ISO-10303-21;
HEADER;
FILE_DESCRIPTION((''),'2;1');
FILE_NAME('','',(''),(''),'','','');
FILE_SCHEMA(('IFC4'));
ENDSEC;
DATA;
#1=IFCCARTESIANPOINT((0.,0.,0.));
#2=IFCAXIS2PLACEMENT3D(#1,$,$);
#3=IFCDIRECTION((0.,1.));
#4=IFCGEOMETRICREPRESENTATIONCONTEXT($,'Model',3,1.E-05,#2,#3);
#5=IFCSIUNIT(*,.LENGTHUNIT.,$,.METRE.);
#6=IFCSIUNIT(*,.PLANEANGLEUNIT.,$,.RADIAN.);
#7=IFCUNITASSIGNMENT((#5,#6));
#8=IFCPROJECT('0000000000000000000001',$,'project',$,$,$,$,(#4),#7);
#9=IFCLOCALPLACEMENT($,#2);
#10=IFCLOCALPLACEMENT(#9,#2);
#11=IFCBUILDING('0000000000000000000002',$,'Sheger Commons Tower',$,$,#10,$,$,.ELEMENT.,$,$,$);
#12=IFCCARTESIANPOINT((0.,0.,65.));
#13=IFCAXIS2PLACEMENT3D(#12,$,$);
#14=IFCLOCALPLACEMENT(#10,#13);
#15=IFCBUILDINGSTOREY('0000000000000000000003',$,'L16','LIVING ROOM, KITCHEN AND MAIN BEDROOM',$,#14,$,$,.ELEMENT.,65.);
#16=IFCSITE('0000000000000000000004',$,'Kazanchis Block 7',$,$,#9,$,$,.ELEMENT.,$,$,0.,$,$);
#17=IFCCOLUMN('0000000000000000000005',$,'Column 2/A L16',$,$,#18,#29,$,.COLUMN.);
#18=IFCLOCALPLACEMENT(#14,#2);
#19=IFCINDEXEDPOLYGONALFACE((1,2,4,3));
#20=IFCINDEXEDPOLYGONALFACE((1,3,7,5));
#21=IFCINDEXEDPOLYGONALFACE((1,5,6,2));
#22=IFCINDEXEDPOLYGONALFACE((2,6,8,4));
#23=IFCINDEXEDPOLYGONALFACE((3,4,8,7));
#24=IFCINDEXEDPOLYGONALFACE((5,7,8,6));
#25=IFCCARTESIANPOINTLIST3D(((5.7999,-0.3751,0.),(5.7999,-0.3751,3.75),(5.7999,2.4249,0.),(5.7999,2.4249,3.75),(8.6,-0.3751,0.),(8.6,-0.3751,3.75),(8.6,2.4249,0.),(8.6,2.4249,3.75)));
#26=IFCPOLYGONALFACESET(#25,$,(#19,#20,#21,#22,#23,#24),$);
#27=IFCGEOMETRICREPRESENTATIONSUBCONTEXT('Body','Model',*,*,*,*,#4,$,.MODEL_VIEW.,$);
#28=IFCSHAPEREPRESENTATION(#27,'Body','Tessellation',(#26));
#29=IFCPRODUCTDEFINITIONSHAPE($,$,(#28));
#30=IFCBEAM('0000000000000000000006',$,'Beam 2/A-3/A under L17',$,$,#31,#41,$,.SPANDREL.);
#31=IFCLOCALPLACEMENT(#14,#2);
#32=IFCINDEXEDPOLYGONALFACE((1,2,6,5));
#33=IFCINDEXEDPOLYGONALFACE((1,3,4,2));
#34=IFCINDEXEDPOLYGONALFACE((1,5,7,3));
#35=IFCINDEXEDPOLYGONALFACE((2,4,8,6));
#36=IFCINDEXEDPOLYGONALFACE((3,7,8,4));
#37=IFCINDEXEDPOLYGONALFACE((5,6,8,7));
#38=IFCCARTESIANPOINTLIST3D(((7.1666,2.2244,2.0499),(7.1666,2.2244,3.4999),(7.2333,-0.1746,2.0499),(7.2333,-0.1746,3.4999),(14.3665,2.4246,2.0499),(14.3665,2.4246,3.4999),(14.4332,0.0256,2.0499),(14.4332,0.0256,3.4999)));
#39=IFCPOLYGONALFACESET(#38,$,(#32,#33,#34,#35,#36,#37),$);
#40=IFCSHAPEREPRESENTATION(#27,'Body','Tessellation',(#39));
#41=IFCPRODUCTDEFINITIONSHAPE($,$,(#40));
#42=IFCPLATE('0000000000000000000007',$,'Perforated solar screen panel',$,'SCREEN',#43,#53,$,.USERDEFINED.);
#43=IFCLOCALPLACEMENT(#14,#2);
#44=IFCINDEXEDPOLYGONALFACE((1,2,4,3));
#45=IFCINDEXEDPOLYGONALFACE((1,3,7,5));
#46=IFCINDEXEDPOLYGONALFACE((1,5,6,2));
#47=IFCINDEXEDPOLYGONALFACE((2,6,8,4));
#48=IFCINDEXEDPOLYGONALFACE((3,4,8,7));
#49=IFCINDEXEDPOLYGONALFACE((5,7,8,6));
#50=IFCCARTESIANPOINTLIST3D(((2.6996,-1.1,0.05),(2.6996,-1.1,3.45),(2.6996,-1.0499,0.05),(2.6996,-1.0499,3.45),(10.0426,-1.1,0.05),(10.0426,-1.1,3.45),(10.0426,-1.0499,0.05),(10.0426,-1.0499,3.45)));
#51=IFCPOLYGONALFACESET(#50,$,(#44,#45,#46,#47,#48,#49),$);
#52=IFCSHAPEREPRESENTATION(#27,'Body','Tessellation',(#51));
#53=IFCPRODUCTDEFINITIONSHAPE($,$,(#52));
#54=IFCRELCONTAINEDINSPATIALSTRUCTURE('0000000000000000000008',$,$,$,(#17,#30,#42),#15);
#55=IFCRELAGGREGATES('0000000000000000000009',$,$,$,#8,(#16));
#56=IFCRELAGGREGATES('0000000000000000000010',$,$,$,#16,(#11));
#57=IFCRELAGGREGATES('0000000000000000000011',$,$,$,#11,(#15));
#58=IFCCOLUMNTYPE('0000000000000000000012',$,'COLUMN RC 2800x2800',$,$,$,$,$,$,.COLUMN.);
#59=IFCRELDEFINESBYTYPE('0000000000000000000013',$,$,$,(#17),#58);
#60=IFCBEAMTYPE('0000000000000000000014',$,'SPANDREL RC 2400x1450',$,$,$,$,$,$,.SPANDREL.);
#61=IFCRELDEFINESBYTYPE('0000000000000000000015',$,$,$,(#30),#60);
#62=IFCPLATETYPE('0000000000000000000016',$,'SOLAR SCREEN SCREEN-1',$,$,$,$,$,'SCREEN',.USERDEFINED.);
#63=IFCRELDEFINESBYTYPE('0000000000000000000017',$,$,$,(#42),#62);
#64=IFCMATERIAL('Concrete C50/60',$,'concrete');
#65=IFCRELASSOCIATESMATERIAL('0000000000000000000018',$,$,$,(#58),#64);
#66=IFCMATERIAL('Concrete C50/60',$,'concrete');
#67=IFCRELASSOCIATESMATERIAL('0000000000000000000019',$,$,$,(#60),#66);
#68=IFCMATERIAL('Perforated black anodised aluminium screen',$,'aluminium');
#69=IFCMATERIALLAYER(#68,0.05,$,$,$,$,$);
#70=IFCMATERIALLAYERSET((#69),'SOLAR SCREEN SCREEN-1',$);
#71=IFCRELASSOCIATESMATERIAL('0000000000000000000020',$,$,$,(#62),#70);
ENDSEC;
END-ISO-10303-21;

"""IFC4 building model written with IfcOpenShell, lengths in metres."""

from ifc_helpers import new_model, si_unit, direction, frame, origin, origin_2d, place, context, subcontext, project, spatial, rectangle, extrude, material, layer, layer_set, material_profile, profile_set, type_object, element, save


model = new_model("IFC4")

# Units and contexts
model_context = context("Model", 3, precision=1e-05, world=origin(), true_north=direction((0.0, 1.0)))
body_context = subcontext(model_context, "Body", "Model", "MODEL_VIEW")
ifc_project = project(units=[si_unit("LENGTHUNIT", "METRE"), si_unit("PLANEANGLEUNIT", "RADIAN")], contexts=[model_context])

# Site, building, storey
site_placement = place(None, origin())
site = spatial("IfcSite", under=ifc_project, at=site_placement, Name="Kazanchis Block 7", CompositionType="ELEMENT", RefElevation=0.0)
building_placement = place(site_placement, origin())
building = spatial("IfcBuilding", under=site, at=building_placement, Name="Sheger Commons Tower", CompositionType="ELEMENT")
storey_placement = place(building_placement, frame((0.0, 0.0, 65.0)))
storey = spatial("IfcBuildingStorey", under=building, at=storey_placement, Name="L16", Description="LIVING ROOM, KITCHEN AND MAIN BEDROOM", CompositionType="ELEMENT", Elevation=65.0)

# Column
ifc_material_1 = material(Name="Concrete C50/60", Category="concrete")
ifc_material_profile_1 = material_profile(ifc_material_1, rectangle(XDim=2.8, YDim=2.8, at=origin_2d()), Name="RC 2800x2800")
ifc_profile_set_1 = profile_set([ifc_material_profile_1], Name="Concrete C50/60")
column_type = type_object("IfcColumnType", Name="COLUMN RC 2800x2800", PredefinedType="COLUMN", material=ifc_profile_set_1)
column_placement = place(storey_placement, frame((7.2, 1.0249, 0.0), z_axis=(0.0, 0.0, 1.0), x_axis=(1.0, 0.0, 0.0)))
element("IfcColumn", 1, at=column_placement, inside=storey, type_object=column_type, Name="Column 2/A L16", PredefinedType="COLUMN", context=body_context, shape_type="SweptSolid", body=[
    extrude(rectangle(XDim=2.8, YDim=2.8, at=origin_2d()), origin(), (0.0, 0.0, 1.0), 3.75),
])

# Beam
ifc_material_2 = material(Name="Concrete C50/60", Category="concrete")
ifc_material_profile_2 = material_profile(ifc_material_2, rectangle(XDim=2.3999, YDim=1.45, at=origin_2d()), Name="RC 2400x1450")
ifc_profile_set_2 = profile_set([ifc_material_profile_2], Name="Concrete C50/60")
beam_type = type_object("IfcBeamType", Name="SPANDREL RC 2400x1450", PredefinedType="SPANDREL", material=ifc_profile_set_2)
beam_placement = place(storey_placement, frame((7.2, 1.0249, 2.7749), z_axis=(0.999614, 0.027794, 0.0), x_axis=(-0.027794, 0.999614, 0.0)))
element("IfcBeam", 2, at=beam_placement, inside=storey, type_object=beam_type, Name="Beam 2/A-3/A under L17", PredefinedType="SPANDREL", context=body_context, shape_type="SweptSolid", body=[
    extrude(rectangle(XDim=2.3999, YDim=1.45, at=origin_2d()), origin(), (0.0, 0.0, 1.0), 7.2026),
])

# Plate
ifc_material_3 = material(Name="Perforated black anodised aluminium screen", Category="aluminium")
ifc_layer_1 = layer(ifc_material_3, 0.05)
ifc_layer_set_1 = layer_set([ifc_layer_1], Name="SOLAR SCREEN SCREEN-1")
plate_type = type_object("IfcPlateType", Name="SOLAR SCREEN SCREEN-1", ElementType="SCREEN", PredefinedType="USERDEFINED", material=ifc_layer_set_1)
plate_placement = place(storey_placement, frame((6.3711, -1.075, 0.05), z_axis=(0.0, 0.0, 1.0), x_axis=(1.0, 0.0, 0.0)))
element("IfcPlate", 3, at=plate_placement, inside=storey, type_object=plate_type, Name="Perforated solar screen panel", ObjectType="SCREEN", PredefinedType="USERDEFINED", context=body_context, shape_type="SweptSolid", body=[
    extrude(rectangle(XDim=7.343, YDim=0.05, at=origin_2d()), origin(), (0.0, 0.0, 1.0), 3.3999),
])

save(model, "model.ifc")
